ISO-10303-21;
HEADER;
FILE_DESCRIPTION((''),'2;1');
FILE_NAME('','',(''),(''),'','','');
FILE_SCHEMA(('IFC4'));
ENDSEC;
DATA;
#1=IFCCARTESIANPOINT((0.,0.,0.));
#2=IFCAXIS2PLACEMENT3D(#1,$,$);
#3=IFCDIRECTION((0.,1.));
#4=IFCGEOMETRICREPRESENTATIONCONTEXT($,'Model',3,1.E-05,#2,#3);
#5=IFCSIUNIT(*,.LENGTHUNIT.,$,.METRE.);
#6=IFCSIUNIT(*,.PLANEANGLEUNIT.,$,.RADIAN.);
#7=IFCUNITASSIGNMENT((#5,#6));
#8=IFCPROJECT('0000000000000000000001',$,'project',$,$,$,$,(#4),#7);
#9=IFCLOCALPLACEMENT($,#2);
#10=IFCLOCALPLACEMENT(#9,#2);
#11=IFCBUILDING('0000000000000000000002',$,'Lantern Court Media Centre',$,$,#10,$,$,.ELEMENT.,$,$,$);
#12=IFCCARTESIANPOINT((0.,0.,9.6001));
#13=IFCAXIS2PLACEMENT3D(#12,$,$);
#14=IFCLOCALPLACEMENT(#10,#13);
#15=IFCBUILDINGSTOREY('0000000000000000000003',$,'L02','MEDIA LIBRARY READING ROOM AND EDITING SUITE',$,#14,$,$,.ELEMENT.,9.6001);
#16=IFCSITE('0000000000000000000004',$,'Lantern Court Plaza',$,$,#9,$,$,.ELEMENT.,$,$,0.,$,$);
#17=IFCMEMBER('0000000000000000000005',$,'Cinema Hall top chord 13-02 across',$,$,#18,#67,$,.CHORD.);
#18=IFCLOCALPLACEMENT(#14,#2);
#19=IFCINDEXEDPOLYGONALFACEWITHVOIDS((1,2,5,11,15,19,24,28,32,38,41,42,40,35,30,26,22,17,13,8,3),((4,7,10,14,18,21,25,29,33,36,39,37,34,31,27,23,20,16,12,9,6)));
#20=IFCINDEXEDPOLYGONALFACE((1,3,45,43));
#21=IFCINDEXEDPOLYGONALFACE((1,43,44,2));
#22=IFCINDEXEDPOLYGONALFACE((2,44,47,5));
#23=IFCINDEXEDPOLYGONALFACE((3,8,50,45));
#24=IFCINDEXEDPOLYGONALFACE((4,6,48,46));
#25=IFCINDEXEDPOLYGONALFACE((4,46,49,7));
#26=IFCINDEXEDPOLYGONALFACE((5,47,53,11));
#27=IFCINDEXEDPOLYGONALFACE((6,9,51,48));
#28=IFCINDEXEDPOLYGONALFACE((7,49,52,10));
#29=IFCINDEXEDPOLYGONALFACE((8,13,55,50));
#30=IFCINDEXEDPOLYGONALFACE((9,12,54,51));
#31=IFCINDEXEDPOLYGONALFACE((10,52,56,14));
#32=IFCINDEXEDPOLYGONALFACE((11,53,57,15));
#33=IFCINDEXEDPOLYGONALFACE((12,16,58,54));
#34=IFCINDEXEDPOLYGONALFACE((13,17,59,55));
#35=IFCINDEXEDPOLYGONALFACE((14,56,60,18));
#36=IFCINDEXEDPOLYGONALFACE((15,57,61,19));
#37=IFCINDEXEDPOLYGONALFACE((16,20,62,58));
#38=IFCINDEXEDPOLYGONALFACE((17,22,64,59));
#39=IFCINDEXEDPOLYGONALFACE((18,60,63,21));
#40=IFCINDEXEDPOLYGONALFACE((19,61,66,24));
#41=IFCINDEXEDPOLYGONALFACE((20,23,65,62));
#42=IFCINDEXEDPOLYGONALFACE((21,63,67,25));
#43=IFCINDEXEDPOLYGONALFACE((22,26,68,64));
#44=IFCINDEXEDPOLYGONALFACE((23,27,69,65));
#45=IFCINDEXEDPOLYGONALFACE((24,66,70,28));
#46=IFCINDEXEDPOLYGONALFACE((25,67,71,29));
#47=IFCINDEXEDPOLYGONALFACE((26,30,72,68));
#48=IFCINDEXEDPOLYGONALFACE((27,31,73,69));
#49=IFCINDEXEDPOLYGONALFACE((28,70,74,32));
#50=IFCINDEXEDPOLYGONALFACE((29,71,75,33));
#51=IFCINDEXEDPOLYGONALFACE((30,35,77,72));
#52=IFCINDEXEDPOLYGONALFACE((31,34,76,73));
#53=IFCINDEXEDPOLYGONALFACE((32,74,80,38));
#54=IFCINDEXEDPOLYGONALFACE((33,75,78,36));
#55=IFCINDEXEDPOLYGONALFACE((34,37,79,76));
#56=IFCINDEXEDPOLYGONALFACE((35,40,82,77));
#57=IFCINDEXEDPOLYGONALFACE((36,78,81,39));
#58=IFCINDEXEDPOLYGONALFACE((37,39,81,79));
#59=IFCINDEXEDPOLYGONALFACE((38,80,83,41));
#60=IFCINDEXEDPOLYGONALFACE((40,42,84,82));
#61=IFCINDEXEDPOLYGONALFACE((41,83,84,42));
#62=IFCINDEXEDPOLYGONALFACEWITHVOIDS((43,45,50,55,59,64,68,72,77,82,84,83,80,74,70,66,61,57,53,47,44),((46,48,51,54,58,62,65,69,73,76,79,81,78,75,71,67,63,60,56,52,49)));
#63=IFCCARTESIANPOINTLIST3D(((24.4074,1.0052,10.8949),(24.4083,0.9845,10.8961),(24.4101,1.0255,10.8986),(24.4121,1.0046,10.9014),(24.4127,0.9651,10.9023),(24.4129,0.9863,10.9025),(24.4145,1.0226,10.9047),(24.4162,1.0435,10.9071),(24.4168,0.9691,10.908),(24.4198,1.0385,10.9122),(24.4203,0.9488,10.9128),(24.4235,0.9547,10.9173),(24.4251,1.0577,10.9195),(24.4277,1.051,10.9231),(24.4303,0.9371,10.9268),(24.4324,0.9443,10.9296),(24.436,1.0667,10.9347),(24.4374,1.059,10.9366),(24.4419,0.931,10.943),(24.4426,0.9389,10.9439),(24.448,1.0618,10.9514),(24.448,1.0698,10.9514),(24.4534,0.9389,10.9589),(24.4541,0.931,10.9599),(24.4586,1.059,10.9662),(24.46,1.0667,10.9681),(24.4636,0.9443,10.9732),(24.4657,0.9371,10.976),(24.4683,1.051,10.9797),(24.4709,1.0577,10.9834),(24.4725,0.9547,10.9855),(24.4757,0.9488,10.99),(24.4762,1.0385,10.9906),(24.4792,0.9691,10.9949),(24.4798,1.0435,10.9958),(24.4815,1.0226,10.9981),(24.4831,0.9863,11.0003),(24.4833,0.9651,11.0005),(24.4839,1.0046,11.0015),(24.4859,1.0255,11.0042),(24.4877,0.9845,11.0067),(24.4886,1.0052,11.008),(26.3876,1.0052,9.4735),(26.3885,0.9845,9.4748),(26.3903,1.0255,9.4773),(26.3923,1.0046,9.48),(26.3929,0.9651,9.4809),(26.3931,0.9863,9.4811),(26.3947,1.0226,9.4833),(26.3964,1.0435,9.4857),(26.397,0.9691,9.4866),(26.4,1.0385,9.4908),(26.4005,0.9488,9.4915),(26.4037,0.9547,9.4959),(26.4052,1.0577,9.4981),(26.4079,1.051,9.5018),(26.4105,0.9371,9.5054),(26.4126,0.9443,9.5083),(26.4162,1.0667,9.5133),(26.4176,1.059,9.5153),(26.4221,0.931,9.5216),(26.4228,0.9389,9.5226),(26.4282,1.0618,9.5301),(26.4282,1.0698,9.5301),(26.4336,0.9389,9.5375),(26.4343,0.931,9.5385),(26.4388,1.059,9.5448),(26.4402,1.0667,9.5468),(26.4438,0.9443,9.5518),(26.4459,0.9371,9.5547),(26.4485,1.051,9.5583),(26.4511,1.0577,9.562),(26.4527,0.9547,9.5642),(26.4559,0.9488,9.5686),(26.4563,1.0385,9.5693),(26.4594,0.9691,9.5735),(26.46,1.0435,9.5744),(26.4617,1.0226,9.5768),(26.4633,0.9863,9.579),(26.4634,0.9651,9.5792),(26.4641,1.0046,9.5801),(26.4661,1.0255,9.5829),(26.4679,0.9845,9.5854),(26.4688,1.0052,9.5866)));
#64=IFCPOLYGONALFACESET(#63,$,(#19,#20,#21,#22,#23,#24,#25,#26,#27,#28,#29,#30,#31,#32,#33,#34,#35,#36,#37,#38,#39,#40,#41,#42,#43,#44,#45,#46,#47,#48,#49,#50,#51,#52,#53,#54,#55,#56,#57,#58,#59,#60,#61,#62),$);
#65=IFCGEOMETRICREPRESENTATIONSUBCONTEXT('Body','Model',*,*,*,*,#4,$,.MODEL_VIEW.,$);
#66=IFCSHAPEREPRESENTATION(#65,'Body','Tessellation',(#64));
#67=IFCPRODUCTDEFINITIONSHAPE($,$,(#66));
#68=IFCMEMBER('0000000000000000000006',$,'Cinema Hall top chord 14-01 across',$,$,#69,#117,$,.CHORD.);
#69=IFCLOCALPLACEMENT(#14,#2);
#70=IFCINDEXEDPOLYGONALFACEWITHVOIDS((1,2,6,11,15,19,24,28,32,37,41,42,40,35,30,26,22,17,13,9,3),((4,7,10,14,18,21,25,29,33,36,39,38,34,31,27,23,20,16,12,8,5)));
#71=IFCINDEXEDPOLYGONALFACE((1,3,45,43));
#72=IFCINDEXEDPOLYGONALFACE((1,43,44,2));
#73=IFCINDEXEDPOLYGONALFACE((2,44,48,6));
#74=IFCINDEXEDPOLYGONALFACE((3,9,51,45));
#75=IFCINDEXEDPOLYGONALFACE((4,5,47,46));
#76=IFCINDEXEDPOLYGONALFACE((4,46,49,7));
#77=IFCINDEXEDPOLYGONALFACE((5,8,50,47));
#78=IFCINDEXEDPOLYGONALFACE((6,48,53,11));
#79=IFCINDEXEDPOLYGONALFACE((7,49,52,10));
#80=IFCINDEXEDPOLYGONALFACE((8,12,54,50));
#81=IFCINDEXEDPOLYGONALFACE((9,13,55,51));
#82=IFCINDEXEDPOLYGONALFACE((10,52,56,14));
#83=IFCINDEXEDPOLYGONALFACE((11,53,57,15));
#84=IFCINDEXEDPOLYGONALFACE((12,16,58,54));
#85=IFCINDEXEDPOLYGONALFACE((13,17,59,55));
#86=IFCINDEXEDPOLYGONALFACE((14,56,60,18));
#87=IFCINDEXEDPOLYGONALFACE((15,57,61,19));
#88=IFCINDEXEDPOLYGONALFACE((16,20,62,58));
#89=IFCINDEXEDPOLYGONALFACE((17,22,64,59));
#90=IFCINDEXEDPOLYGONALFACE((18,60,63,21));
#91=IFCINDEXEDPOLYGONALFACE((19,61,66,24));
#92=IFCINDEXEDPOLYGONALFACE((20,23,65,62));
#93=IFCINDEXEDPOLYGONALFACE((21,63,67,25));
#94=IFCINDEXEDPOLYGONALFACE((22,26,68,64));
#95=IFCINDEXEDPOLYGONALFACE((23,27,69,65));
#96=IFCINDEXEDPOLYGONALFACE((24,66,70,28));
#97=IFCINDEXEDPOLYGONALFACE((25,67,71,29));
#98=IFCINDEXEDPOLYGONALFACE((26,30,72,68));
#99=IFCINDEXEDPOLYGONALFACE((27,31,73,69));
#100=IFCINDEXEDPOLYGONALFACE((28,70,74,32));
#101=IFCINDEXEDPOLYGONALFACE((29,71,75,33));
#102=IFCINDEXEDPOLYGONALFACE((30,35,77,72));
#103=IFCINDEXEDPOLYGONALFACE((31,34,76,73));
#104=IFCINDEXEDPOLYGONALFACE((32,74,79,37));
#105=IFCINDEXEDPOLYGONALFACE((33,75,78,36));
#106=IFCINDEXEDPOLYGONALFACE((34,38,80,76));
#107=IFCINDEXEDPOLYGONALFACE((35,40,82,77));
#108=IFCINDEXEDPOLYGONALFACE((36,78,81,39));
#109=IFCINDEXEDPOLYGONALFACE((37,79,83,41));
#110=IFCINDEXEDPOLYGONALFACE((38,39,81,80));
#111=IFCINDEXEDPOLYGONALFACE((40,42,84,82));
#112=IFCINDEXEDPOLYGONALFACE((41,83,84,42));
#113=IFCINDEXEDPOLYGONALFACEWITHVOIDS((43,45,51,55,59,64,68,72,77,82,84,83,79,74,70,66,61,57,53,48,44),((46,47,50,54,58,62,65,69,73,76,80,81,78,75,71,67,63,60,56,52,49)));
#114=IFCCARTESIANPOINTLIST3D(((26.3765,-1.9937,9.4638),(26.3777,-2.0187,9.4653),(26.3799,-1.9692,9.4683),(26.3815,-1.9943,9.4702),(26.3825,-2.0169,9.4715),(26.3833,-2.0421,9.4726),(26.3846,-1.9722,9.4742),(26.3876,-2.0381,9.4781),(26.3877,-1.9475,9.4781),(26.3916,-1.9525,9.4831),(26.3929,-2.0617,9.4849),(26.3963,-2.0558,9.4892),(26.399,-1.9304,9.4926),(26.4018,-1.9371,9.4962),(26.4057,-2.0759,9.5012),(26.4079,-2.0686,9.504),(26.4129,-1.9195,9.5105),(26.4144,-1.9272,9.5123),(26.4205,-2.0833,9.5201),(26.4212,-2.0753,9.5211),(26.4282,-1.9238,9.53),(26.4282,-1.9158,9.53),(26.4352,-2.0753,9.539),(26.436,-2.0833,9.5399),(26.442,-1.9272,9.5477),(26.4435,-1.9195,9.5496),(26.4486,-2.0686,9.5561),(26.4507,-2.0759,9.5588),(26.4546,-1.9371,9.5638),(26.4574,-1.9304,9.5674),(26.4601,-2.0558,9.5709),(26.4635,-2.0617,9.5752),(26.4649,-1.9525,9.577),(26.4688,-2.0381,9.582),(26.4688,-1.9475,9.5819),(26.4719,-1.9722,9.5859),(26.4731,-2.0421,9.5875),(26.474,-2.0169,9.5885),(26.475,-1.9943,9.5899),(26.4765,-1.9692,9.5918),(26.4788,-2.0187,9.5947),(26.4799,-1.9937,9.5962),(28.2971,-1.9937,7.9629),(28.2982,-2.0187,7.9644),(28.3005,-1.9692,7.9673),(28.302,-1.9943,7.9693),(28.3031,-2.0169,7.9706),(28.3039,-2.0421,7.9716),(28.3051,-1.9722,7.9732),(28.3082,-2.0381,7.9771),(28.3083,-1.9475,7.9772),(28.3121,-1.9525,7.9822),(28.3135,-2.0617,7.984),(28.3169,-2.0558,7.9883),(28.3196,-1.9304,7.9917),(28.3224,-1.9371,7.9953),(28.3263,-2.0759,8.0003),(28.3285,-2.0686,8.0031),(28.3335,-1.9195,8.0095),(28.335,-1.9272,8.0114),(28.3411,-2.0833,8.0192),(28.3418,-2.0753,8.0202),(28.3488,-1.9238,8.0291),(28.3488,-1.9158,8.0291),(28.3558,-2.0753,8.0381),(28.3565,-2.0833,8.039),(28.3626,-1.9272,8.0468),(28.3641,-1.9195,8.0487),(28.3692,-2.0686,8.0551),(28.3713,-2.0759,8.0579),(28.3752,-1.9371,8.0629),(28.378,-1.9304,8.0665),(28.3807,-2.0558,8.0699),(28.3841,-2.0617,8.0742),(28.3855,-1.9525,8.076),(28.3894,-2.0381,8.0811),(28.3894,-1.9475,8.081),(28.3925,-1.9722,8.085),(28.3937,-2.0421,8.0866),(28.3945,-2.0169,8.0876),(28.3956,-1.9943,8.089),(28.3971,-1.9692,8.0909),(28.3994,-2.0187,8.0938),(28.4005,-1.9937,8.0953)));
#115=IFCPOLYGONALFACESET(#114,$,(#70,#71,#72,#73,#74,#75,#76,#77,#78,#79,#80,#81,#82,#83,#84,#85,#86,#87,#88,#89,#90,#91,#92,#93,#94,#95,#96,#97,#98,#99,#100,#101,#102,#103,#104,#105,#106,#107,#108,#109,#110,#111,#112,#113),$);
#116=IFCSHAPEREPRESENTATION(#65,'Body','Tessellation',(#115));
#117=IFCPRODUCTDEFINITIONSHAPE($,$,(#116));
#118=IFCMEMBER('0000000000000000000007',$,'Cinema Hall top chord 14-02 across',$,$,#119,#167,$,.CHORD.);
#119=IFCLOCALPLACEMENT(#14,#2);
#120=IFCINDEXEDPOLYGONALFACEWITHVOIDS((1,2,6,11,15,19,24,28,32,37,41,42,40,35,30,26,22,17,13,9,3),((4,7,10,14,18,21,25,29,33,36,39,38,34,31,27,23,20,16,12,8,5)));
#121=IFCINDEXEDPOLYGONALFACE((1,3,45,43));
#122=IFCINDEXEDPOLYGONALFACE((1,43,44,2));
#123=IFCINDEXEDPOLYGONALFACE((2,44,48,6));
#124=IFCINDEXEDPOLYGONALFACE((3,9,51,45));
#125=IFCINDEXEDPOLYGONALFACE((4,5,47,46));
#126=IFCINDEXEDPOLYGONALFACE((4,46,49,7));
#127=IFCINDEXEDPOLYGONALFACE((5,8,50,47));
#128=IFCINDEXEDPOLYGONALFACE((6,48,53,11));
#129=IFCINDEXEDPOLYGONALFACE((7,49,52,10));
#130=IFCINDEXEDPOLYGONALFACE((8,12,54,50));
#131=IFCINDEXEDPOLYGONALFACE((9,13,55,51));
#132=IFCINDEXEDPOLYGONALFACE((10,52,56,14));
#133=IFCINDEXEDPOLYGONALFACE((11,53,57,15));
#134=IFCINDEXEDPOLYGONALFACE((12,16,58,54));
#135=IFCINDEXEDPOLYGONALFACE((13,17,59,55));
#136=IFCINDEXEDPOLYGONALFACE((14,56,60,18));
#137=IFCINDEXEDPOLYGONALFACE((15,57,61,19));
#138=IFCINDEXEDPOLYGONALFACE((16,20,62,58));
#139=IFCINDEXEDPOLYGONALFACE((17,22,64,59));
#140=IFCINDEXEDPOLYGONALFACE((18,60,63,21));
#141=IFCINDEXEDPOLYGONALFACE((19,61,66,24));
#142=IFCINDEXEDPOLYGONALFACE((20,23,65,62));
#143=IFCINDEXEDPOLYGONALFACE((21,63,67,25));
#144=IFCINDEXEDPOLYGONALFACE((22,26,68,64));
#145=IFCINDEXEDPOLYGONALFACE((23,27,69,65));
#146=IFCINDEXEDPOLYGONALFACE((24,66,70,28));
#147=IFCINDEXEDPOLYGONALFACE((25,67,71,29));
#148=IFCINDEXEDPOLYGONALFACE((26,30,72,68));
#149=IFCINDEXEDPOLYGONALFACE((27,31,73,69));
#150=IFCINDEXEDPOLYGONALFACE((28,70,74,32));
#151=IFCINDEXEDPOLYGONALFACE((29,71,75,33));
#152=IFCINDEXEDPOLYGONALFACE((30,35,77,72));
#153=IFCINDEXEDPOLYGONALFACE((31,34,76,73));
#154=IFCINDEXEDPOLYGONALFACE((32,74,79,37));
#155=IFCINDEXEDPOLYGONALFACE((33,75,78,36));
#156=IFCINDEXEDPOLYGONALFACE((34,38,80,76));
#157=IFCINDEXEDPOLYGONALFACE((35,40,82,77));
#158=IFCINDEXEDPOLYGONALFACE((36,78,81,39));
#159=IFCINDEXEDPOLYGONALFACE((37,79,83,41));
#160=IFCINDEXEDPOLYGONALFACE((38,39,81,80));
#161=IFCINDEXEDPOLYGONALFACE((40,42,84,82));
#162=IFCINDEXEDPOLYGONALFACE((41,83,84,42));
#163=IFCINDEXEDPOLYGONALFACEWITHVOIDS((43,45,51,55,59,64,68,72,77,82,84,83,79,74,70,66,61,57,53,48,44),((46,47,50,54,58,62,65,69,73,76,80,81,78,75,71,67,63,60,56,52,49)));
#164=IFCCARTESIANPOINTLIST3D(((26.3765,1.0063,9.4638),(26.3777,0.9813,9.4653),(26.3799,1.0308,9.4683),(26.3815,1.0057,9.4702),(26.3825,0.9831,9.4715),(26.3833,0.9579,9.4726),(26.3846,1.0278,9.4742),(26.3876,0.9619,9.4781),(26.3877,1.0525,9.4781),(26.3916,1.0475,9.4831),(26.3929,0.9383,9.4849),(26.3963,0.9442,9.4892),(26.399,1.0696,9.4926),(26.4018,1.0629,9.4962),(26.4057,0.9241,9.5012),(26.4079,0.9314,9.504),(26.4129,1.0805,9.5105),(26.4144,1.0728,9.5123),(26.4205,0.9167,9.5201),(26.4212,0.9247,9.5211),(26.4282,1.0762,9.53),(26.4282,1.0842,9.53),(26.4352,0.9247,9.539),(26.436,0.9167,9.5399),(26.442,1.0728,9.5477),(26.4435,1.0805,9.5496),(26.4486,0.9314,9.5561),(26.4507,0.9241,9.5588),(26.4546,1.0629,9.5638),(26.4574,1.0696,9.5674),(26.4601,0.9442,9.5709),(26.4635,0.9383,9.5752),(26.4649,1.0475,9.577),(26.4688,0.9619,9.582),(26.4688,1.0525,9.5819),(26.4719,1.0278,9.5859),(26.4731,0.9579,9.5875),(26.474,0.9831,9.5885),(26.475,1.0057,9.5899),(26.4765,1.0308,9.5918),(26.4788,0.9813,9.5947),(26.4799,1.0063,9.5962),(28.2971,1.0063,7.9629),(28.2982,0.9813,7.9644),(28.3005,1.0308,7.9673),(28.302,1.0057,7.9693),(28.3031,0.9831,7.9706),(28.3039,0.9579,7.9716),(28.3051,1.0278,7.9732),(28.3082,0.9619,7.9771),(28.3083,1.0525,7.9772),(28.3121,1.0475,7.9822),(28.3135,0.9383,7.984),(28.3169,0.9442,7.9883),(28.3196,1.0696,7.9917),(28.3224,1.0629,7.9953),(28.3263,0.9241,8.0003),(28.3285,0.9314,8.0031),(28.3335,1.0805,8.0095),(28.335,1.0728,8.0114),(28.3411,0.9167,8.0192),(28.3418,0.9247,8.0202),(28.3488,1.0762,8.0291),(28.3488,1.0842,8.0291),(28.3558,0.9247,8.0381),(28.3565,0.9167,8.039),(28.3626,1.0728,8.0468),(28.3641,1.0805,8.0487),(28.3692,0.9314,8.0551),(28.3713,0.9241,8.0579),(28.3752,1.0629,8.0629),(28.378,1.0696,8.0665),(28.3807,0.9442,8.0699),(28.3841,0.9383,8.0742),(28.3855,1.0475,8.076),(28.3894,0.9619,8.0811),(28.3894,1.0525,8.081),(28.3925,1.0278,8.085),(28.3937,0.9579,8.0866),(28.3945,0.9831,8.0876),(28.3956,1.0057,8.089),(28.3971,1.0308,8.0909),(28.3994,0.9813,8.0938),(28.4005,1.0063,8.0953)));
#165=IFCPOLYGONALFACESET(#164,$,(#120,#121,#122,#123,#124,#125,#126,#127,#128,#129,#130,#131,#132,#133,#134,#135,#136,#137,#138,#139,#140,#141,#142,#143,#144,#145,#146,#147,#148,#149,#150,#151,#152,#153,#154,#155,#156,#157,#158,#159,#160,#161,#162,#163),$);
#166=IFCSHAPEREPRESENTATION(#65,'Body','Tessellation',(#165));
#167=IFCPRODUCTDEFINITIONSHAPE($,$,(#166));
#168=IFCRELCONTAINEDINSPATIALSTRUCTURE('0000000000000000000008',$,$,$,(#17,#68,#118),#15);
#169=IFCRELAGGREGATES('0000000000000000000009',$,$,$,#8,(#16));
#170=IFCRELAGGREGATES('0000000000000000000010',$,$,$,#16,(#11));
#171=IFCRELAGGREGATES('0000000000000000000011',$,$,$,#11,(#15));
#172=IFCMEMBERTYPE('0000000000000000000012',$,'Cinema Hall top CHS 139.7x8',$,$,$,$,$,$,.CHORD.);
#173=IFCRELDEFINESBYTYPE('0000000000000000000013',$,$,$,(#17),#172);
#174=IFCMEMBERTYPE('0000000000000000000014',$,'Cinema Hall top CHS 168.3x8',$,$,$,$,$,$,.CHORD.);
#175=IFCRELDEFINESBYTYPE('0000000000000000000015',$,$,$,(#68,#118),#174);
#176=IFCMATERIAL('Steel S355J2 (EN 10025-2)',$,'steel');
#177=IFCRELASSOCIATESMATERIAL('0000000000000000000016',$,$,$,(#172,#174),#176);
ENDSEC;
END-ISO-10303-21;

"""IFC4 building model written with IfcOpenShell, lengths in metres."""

from ifc_helpers import new_model, si_unit, direction, frame, origin, origin_2d, place, context, subcontext, project, spatial, hollow_circle, extrude, material, material_profile, profile_set, type_object, element, save


model = new_model("IFC4")

# Units and contexts
model_context = context("Model", 3, precision=1e-05, world=origin(), true_north=direction((0.0, 1.0)))
body_context = subcontext(model_context, "Body", "Model", "MODEL_VIEW")
ifc_project = project(units=[si_unit("LENGTHUNIT", "METRE"), si_unit("PLANEANGLEUNIT", "RADIAN")], contexts=[model_context])

# Site, building, storey
site_placement = place(None, origin())
site = spatial("IfcSite", under=ifc_project, at=site_placement, Name="Lantern Court Plaza", CompositionType="ELEMENT", RefElevation=0.0)
building_placement = place(site_placement, origin())
building = spatial("IfcBuilding", under=site, at=building_placement, Name="Lantern Court Media Centre", CompositionType="ELEMENT")
storey_placement = place(building_placement, frame((0.0, 0.0, 9.6001)))
storey = spatial("IfcBuildingStorey", under=building, at=storey_placement, Name="L02", Description="MEDIA LIBRARY READING ROOM AND EDITING SUITE", CompositionType="ELEMENT", Elevation=9.6001)

# Members
ifc_material = material(Name="Steel S355J2 (EN 10025-2)", Category="steel")
ifc_material_profile_1 = material_profile(ifc_material, hollow_circle(Radius=0.0698, WallThickness=0.0081, at=origin_2d()), Name="Cinema Hall top CHS 139.7x8")
ifc_profile_set_1 = profile_set([ifc_material_profile_1], Name="Steel S355J2 (EN 10025-2)")
member_type_1 = type_object("IfcMemberType", Name="Cinema Hall top CHS 139.7x8", PredefinedType="CHORD", material=ifc_profile_set_1)
for number, where, z_axis, x_axis, name in (
    (1, (24.448, 1.0, 10.9514), (0.812385, 0.0, -0.583122), (0.0, 1.0, 0.0), "Cinema Hall top chord 13-02 across"),
):
    element("IfcMember", number, at=place(storey_placement, frame(where, z_axis=z_axis, x_axis=x_axis)), inside=storey, type_object=member_type_1, Name=name, PredefinedType="CHORD", context=body_context, shape_type="SweptSolid", body=[
        extrude(hollow_circle(Radius=0.0698, WallThickness=0.0081, at=origin_2d()), origin(), (0.0, 0.0, 1.0), 2.4375),
    ])
ifc_material_profile_2 = material_profile(ifc_material, hollow_circle(Radius=0.0842, WallThickness=0.0081, at=origin_2d()), Name="Cinema Hall top CHS 168.3x8")
ifc_profile_set_2 = profile_set([ifc_material_profile_2], Name="Steel S355J2 (EN 10025-2)")
member_type_2 = type_object("IfcMemberType", Name="Cinema Hall top CHS 168.3x8", PredefinedType="CHORD", material=ifc_profile_set_2)
for number, where, z_axis, x_axis, name in (
    (2, (26.4282, -2.0, 9.53), (0.787932, 0.0, -0.615763), (0.0, 1.0, 0.0), "Cinema Hall top chord 14-01 across"),
    (3, (26.4282, 1.0, 9.53), (0.787932, 0.0, -0.615763), (0.0, 1.0, 0.0), "Cinema Hall top chord 14-02 across"),
):
    element("IfcMember", number, at=place(storey_placement, frame(where, z_axis=z_axis, x_axis=x_axis)), inside=storey, type_object=member_type_2, Name=name, PredefinedType="CHORD", context=body_context, shape_type="SweptSolid", body=[
        extrude(hollow_circle(Radius=0.0842, WallThickness=0.0081, at=origin_2d()), origin(), (0.0, 0.0, 1.0), 2.4375),
    ])

save(model, "model.ifc")
